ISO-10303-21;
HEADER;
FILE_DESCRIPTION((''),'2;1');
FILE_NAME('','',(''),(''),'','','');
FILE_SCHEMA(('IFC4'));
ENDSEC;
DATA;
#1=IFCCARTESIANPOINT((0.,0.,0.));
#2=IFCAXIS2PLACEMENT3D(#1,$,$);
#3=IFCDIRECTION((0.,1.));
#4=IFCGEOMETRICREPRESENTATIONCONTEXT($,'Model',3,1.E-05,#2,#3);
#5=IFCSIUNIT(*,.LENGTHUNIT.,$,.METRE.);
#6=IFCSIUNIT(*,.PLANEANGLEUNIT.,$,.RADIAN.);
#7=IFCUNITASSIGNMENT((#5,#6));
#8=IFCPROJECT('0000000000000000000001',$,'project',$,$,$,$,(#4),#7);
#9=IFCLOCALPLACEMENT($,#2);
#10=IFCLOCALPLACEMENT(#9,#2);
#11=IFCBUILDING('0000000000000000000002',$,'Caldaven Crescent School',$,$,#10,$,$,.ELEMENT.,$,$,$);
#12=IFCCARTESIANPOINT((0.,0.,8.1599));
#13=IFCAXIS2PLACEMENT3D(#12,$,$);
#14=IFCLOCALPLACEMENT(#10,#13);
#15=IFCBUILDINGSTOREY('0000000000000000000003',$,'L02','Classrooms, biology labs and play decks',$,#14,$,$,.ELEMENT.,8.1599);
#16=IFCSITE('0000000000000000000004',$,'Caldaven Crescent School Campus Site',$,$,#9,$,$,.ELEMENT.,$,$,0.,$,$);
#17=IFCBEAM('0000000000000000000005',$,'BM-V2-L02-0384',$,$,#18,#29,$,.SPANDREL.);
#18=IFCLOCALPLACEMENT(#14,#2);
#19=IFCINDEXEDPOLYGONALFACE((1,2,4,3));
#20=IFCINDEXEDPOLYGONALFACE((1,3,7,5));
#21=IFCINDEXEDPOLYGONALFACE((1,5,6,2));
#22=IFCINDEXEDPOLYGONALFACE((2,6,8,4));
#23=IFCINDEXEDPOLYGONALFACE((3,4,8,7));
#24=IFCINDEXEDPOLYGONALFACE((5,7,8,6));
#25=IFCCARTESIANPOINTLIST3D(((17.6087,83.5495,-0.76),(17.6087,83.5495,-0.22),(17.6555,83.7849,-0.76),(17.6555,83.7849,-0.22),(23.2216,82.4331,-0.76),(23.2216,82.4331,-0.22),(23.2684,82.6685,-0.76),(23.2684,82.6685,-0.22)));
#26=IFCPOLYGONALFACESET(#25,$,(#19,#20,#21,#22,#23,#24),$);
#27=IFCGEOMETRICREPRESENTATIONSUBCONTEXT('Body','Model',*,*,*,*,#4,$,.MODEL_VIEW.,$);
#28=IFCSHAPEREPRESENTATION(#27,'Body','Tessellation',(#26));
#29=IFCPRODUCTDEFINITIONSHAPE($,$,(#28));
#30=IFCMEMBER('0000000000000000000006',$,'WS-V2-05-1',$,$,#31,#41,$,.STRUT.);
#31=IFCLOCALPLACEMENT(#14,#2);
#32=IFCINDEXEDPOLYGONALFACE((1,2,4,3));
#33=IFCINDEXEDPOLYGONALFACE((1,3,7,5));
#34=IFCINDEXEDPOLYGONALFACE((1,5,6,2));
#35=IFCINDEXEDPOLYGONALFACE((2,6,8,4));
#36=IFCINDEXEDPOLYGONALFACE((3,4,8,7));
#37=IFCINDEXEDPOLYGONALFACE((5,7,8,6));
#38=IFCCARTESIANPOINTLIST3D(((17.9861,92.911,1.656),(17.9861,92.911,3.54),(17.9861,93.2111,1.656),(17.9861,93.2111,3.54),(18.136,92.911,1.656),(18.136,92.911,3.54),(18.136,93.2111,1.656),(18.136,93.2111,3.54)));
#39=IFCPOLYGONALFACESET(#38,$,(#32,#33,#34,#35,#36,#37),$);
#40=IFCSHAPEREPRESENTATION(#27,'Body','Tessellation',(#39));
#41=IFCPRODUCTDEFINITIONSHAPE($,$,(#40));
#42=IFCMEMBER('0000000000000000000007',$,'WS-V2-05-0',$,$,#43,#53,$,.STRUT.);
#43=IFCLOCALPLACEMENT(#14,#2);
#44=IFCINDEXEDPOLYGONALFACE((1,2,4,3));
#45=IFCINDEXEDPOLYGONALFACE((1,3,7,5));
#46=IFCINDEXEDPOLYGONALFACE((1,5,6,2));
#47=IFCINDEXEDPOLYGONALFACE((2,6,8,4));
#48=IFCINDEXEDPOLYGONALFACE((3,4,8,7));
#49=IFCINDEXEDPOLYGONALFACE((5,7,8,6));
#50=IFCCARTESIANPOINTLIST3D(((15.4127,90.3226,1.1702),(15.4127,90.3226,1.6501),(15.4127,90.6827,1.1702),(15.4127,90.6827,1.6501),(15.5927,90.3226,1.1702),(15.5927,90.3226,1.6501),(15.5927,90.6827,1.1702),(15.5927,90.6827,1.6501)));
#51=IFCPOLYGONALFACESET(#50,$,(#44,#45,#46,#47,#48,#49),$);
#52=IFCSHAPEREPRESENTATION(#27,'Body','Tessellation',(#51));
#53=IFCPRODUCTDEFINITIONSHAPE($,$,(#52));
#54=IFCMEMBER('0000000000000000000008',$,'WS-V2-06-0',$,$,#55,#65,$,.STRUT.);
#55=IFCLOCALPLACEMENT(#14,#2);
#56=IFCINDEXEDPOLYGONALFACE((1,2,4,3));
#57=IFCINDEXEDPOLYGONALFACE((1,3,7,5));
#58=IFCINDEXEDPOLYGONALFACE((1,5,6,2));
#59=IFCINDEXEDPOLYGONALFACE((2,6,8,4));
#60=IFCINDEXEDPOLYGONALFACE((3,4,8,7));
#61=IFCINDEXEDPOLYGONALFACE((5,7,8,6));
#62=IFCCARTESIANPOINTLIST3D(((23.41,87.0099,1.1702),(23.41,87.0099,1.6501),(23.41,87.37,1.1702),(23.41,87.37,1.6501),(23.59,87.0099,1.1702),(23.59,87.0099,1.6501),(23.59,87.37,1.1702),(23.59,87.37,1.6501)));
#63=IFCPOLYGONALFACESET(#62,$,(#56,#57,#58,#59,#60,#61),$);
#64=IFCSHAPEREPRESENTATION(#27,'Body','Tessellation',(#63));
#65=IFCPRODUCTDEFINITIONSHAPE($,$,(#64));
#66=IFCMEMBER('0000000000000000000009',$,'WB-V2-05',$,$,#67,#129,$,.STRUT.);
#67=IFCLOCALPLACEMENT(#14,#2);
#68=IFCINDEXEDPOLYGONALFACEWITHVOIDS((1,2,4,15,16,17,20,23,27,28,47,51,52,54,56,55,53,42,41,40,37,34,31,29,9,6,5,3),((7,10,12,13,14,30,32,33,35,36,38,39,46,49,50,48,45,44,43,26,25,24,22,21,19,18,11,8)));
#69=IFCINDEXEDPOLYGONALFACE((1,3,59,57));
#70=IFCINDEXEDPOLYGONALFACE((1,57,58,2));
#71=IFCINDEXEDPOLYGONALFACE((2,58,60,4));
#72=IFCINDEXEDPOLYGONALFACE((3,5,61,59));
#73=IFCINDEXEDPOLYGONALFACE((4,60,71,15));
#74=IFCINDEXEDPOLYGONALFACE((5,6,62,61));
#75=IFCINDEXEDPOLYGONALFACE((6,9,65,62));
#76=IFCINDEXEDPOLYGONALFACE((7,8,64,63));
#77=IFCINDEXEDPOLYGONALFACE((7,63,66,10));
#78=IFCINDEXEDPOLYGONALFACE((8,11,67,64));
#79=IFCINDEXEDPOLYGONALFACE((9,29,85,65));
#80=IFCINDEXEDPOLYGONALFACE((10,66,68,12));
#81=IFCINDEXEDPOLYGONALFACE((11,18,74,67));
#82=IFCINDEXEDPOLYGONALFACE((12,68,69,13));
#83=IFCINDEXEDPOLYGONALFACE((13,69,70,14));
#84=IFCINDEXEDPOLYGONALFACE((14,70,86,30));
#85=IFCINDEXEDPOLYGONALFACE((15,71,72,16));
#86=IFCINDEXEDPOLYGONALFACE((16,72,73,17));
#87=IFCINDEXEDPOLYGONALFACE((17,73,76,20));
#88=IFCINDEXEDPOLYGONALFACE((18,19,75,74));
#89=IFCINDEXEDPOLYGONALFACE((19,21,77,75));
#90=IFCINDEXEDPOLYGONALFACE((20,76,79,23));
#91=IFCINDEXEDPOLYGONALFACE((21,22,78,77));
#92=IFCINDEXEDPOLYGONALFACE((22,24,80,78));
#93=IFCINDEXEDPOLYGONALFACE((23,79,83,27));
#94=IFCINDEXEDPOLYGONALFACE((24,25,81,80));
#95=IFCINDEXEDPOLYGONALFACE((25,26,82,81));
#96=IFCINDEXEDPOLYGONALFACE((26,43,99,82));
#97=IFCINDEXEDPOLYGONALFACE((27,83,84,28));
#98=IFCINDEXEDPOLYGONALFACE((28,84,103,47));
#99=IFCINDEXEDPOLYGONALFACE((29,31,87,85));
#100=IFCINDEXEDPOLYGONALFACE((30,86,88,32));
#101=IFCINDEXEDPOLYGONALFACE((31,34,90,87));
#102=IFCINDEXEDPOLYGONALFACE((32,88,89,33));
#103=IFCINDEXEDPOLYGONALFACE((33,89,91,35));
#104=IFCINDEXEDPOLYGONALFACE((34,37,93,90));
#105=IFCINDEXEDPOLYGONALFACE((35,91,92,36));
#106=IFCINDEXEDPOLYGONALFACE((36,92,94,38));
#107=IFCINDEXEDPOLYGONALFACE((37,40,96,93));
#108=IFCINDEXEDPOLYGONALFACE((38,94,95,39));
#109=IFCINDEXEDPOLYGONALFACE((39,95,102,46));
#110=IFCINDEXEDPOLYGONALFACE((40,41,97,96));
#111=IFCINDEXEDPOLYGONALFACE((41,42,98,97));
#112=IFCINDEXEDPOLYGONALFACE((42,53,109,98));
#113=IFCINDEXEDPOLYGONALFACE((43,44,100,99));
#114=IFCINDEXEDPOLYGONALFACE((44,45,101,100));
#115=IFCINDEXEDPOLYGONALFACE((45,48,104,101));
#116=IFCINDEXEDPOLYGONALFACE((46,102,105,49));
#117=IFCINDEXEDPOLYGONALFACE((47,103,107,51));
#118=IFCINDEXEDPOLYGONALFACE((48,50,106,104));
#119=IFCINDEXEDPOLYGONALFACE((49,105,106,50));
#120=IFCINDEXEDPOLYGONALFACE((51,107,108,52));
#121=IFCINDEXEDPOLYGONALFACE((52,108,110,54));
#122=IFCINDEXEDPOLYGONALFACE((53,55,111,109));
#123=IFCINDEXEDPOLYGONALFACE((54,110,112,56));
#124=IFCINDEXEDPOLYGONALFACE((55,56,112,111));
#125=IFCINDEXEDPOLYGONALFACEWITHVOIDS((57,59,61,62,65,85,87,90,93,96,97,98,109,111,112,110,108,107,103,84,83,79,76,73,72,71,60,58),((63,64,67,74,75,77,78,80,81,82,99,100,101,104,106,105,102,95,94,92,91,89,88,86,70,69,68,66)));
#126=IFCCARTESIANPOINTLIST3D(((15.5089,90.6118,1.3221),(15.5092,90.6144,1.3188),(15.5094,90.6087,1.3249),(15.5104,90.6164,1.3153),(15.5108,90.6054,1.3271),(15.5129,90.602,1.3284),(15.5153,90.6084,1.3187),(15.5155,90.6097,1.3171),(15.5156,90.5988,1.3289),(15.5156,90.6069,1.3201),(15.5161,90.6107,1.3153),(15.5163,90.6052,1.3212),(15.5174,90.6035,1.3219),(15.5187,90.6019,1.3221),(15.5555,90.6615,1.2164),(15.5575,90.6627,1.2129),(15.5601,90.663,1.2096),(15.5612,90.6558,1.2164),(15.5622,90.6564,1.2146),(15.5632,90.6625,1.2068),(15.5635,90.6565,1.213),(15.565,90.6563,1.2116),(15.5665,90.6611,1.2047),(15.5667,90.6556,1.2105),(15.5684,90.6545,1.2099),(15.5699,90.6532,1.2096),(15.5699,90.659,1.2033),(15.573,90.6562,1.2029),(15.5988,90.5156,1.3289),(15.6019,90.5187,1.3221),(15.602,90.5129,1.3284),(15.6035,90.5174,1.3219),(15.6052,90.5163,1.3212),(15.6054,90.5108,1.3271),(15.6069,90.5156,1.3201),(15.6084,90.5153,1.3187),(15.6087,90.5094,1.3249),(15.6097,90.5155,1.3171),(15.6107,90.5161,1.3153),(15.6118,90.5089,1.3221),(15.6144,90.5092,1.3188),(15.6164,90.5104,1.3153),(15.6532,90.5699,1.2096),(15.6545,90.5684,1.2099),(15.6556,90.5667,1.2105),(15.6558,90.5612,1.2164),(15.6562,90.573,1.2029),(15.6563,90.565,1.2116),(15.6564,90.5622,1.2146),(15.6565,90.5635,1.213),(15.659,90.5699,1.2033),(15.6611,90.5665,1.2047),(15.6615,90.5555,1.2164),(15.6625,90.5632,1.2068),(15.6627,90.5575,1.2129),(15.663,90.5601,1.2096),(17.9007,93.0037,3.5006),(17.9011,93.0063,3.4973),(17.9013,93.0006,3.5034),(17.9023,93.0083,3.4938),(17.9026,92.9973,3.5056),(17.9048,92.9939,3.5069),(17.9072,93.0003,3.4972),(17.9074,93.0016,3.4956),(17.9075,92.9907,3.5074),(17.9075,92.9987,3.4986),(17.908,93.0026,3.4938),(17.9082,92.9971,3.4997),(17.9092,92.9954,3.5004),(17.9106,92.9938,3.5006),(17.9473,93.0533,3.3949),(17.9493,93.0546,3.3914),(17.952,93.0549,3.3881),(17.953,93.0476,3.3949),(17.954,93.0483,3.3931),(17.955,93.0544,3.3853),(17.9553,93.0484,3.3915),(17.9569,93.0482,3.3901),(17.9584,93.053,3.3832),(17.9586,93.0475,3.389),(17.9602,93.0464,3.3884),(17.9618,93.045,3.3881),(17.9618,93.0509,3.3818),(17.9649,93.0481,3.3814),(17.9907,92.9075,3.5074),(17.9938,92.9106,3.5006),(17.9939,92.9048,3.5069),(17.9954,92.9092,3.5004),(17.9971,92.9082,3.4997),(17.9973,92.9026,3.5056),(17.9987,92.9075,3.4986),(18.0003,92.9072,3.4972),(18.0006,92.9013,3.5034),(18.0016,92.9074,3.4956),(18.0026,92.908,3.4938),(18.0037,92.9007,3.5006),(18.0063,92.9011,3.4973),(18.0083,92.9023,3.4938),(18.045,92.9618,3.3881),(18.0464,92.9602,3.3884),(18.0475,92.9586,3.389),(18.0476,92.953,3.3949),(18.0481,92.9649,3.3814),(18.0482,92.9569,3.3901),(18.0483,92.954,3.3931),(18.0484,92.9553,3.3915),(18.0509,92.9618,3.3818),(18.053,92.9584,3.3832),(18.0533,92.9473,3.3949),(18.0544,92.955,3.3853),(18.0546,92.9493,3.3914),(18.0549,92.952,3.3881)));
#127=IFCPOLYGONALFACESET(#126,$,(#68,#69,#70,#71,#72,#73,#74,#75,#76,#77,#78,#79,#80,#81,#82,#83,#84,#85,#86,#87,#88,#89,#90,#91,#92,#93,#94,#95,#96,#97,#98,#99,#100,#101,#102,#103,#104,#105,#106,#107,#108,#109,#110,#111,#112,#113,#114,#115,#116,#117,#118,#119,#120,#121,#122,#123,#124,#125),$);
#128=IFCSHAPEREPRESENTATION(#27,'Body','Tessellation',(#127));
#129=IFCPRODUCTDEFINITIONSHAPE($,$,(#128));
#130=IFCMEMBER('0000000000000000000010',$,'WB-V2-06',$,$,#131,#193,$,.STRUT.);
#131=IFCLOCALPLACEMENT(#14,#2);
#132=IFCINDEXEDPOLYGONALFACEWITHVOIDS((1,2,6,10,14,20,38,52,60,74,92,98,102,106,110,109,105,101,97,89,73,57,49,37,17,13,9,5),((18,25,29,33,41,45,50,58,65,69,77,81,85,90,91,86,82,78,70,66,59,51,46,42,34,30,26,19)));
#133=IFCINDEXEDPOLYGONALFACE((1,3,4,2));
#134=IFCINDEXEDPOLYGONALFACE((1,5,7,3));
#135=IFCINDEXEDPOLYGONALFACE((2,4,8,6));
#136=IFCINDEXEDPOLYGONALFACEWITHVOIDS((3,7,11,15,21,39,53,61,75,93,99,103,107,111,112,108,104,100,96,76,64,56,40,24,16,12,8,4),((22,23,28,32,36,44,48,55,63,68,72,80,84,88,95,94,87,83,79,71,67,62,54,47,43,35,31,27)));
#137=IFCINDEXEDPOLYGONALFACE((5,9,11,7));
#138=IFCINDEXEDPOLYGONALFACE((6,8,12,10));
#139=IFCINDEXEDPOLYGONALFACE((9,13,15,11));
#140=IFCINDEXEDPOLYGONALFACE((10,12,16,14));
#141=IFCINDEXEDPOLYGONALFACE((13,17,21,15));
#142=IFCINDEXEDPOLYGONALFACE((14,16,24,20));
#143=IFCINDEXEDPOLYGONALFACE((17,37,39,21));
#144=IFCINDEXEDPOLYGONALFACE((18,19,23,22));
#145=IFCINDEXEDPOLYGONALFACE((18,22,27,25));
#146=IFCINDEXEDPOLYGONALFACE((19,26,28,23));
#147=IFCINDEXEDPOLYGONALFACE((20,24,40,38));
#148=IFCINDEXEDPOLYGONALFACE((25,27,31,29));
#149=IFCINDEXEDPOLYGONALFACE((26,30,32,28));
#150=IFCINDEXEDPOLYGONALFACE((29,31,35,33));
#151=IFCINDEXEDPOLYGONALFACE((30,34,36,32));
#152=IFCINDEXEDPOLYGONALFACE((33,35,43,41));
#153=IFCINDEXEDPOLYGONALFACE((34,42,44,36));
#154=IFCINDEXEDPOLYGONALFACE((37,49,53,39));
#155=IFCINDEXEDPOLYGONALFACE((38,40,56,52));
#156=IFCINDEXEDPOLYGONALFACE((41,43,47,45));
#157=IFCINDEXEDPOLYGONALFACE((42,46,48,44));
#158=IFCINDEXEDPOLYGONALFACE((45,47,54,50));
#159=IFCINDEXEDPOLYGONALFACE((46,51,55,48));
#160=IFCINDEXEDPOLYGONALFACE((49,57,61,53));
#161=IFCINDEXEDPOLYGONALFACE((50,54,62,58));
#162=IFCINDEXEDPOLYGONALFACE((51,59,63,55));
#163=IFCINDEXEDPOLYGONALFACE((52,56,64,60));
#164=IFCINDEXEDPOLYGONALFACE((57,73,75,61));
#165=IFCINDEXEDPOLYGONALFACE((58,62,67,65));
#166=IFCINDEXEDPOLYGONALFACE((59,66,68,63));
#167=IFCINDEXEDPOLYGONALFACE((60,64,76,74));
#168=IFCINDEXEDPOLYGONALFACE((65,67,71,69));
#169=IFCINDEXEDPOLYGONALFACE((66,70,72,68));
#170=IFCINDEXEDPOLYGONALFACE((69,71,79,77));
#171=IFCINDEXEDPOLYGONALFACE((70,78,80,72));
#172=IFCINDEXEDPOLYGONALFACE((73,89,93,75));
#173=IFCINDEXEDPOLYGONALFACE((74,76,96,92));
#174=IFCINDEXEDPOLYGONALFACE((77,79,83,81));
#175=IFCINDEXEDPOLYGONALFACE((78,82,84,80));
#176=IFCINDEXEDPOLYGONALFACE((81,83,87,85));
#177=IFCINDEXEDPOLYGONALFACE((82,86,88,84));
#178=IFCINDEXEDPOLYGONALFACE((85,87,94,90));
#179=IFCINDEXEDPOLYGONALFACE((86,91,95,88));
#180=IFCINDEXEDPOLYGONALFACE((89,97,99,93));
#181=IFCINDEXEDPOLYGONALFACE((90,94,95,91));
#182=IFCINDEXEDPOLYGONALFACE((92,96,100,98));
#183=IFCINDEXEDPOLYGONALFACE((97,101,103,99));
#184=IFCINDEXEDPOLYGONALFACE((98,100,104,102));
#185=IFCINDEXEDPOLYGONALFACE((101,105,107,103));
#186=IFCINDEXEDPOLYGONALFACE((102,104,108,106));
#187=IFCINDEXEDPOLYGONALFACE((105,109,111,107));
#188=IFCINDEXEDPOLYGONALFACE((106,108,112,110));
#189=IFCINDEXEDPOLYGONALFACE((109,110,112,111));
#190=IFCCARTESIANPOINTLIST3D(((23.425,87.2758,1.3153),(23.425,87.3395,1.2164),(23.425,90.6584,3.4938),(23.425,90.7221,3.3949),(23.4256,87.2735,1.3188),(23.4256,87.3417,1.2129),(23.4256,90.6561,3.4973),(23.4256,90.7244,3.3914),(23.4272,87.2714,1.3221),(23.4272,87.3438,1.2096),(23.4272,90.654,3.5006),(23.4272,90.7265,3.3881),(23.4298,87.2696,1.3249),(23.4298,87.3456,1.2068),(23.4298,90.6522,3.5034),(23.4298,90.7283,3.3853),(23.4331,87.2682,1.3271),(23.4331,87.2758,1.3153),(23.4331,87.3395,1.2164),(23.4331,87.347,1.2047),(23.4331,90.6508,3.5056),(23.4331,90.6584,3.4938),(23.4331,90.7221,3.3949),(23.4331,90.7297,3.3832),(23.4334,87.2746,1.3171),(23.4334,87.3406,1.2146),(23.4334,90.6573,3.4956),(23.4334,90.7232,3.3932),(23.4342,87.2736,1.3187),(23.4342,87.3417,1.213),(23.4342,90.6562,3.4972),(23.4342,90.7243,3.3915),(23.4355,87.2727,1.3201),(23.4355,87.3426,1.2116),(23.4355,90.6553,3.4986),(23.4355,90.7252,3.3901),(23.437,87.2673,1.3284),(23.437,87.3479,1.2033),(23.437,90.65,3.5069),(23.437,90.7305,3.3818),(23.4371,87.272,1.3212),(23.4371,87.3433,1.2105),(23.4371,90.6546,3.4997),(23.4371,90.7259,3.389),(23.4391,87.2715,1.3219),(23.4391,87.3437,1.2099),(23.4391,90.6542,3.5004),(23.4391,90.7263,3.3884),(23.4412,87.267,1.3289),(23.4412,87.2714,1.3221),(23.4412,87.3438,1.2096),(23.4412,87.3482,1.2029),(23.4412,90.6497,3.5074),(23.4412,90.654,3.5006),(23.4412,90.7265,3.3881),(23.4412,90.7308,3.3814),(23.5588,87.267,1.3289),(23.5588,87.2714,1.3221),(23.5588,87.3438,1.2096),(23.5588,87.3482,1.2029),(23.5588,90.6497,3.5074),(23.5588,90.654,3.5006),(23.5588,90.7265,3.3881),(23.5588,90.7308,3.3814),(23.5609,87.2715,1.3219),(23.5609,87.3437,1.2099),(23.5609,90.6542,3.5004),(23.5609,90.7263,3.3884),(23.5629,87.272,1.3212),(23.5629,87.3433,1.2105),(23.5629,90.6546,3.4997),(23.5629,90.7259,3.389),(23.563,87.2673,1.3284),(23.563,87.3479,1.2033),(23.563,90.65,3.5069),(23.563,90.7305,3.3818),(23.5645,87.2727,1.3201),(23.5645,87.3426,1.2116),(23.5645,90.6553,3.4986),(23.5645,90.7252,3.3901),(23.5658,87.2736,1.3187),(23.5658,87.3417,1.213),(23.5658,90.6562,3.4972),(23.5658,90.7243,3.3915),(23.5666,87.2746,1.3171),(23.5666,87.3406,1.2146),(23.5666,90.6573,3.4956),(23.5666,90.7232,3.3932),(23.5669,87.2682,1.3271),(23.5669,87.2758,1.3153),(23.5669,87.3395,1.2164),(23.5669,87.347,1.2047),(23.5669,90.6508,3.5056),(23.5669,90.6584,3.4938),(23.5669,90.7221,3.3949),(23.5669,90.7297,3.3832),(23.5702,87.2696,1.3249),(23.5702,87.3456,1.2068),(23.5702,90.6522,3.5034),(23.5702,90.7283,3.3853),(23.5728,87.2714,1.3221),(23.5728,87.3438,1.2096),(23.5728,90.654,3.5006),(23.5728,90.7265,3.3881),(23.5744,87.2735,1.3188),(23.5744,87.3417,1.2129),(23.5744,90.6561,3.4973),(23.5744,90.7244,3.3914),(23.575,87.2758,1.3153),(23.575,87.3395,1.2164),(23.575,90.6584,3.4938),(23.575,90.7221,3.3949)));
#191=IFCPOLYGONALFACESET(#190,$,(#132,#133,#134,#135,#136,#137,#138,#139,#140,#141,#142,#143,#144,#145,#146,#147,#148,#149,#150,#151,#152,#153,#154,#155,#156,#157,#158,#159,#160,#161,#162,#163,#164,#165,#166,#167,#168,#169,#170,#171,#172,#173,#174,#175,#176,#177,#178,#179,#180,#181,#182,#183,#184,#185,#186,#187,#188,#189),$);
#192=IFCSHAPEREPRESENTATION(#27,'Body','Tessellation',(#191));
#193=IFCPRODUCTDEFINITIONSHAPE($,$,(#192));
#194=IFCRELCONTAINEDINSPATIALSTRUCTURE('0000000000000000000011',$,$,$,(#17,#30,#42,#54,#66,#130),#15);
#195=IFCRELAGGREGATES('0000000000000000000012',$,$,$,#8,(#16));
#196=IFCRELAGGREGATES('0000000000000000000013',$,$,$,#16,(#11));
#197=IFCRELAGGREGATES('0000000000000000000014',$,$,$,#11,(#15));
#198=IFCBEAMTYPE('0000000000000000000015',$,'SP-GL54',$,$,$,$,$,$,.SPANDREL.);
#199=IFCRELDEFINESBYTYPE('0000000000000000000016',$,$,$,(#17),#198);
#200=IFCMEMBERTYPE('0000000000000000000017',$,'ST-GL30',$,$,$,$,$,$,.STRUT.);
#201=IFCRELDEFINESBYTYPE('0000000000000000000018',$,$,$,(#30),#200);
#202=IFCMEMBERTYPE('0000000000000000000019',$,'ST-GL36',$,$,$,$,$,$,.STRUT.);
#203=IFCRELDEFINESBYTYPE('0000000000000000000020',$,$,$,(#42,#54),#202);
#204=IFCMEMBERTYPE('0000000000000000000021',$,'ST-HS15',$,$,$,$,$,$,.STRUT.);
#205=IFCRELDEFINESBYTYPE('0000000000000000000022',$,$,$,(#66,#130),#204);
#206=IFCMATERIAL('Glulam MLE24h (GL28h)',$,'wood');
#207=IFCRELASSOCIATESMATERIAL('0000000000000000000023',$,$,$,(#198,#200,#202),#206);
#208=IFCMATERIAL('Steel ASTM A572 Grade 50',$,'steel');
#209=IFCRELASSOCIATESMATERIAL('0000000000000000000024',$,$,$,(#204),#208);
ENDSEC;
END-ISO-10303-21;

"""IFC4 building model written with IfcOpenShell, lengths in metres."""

from ifc_helpers import new_model, si_unit, direction, frame, origin, origin_2d, place, context, subcontext, project, spatial, rectangle, hollow_rectangle, extrude, material, material_profile, profile_set, type_object, element, save


model = new_model("IFC4")

# Units and contexts
model_context = context("Model", 3, precision=1e-05, world=origin(), true_north=direction((0.0, 1.0)))
body_context = subcontext(model_context, "Body", "Model", "MODEL_VIEW")
ifc_project = project(units=[si_unit("LENGTHUNIT", "METRE"), si_unit("PLANEANGLEUNIT", "RADIAN")], contexts=[model_context])

# Site, building, storey
site_placement = place(None, origin())
site = spatial("IfcSite", under=ifc_project, at=site_placement, Name="Caldaven Crescent School Campus Site", CompositionType="ELEMENT", RefElevation=0.0)
building_placement = place(site_placement, origin())
building = spatial("IfcBuilding", under=site, at=building_placement, Name="Caldaven Crescent School", CompositionType="ELEMENT")
storey_placement = place(building_placement, frame((0.0, 0.0, 8.1599)))
storey = spatial("IfcBuildingStorey", under=building, at=storey_placement, Name="L02", Description="Classrooms, biology labs and play decks", CompositionType="ELEMENT", Elevation=8.1599)

# Shared definitions
ifc_material_1 = material(Name="Glulam MLE24h (GL28h)", Category="wood")
ifc_material_2 = material(Name="Steel ASTM A572 Grade 50", Category="steel")

# Beam
ifc_material_profile_1 = material_profile(ifc_material_1, rectangle(XDim=0.24, YDim=0.54, at=origin_2d()), Name="MLE 240x540")
ifc_profile_set_1 = profile_set([ifc_material_profile_1], Name="Glulam MLE24h (GL28h)")
beam_type_1 = type_object("IfcBeamType", Name="SP-GL54", PredefinedType="SPANDREL", material=ifc_profile_set_1)
for number, where, z_axis, x_axis, name in (
    (1, (17.6321, 83.6672, -0.49), (0.980787, -0.195082, 0.0), (0.195082, 0.980787, 0.0), "BM-V2-L02-0384"),
):
    element("IfcBeam", number, at=place(storey_placement, frame(where, z_axis=z_axis, x_axis=x_axis)), inside=storey, type_object=beam_type_1, Name=name, PredefinedType="SPANDREL", context=body_context, shape_type="SweptSolid", body=[
        extrude(rectangle(XDim=0.24, YDim=0.54, at=origin_2d()), origin(), (0.0, 0.0, 1.0), 5.7229),
    ])

# Members
ifc_material_profile_2 = material_profile(ifc_material_1, rectangle(XDim=0.1499, YDim=0.3, at=origin_2d()), Name="MLE 150x300")
ifc_profile_set_2 = profile_set([ifc_material_profile_2], Name="Glulam MLE24h (GL28h)")
member_type_1 = type_object("IfcMemberType", Name="ST-GL30", PredefinedType="STRUT", material=ifc_profile_set_2)
member_1_placement = place(storey_placement, frame((18.061, 93.061, 1.656), z_axis=(0.0, 0.0, 1.0), x_axis=(1.0, 0.0, 0.0)))
element("IfcMember", 2, at=member_1_placement, inside=storey, type_object=member_type_1, Name="WS-V2-05-1", PredefinedType="STRUT", context=body_context, shape_type="SweptSolid", body=[
    extrude(rectangle(XDim=0.1499, YDim=0.3, at=origin_2d()), origin(), (0.0, 0.0, 1.0), 1.884),
])
ifc_material_profile_3 = material_profile(ifc_material_1, rectangle(XDim=0.1799, YDim=0.3601, at=origin_2d()), Name="MLE 180x360")
ifc_profile_set_3 = profile_set([ifc_material_profile_3], Name="Glulam MLE24h (GL28h)")
member_type_2 = type_object("IfcMemberType", Name="ST-GL36", PredefinedType="STRUT", material=ifc_profile_set_3)
for number, where, z_axis, x_axis, name in (
    (3, (15.5027, 90.5027, 1.1702), (0.0, 0.0, 1.0), (1.0, 0.0, 0.0), "WS-V2-05-0"),
    (4, (23.5, 87.1899, 1.1702), (0.0, 0.0, 1.0), (1.0, 0.0, 0.0), "WS-V2-06-0"),
):
    element("IfcMember", number, at=place(storey_placement, frame(where, z_axis=z_axis, x_axis=x_axis)), inside=storey, type_object=member_type_2, Name=name, PredefinedType="STRUT", context=body_context, shape_type="SweptSolid", body=[
        extrude(rectangle(XDim=0.1799, YDim=0.3601, at=origin_2d()), origin(), (0.0, 0.0, 1.0), 0.48),
    ])
ifc_material_profile_4 = material_profile(ifc_material_2, hollow_rectangle(XDim=0.1499, YDim=0.1499, WallThickness=0.0081, InnerFilletRadius=0.0081, OuterFilletRadius=0.0161, at=origin_2d()), Name="HSS 150x150x8")
ifc_profile_set_4 = profile_set([ifc_material_profile_4], Name="Steel ASTM A572 Grade 50")
member_type_3 = type_object("IfcMemberType", Name="ST-HS15", PredefinedType="STRUT", material=ifc_profile_set_4)
for number, where, z_axis, x_axis, name in (
    (5, (15.5859, 90.5859, 1.2659), (0.594487, 0.594487, 0.541452), (-0.707107, 0.707107, 0.0), "WB-V2-05"),
    (6, (23.5, 87.3076, 1.2659), (0.0, 0.840731, 0.541454), (-1.0, 0.0, 0.0), "WB-V2-06"),
):
    element("IfcMember", number, at=place(storey_placement, frame(where, z_axis=z_axis, x_axis=x_axis)), inside=storey, type_object=member_type_3, Name=name, PredefinedType="STRUT", context=body_context, shape_type="SweptSolid", body=[
        extrude(hollow_rectangle(XDim=0.1499, YDim=0.1499, WallThickness=0.0081, InnerFilletRadius=0.0081, OuterFilletRadius=0.0161, at=origin_2d()), origin(), (0.0, 0.0, 1.0), 4.0234),
    ])

save(model, "model.ifc")
